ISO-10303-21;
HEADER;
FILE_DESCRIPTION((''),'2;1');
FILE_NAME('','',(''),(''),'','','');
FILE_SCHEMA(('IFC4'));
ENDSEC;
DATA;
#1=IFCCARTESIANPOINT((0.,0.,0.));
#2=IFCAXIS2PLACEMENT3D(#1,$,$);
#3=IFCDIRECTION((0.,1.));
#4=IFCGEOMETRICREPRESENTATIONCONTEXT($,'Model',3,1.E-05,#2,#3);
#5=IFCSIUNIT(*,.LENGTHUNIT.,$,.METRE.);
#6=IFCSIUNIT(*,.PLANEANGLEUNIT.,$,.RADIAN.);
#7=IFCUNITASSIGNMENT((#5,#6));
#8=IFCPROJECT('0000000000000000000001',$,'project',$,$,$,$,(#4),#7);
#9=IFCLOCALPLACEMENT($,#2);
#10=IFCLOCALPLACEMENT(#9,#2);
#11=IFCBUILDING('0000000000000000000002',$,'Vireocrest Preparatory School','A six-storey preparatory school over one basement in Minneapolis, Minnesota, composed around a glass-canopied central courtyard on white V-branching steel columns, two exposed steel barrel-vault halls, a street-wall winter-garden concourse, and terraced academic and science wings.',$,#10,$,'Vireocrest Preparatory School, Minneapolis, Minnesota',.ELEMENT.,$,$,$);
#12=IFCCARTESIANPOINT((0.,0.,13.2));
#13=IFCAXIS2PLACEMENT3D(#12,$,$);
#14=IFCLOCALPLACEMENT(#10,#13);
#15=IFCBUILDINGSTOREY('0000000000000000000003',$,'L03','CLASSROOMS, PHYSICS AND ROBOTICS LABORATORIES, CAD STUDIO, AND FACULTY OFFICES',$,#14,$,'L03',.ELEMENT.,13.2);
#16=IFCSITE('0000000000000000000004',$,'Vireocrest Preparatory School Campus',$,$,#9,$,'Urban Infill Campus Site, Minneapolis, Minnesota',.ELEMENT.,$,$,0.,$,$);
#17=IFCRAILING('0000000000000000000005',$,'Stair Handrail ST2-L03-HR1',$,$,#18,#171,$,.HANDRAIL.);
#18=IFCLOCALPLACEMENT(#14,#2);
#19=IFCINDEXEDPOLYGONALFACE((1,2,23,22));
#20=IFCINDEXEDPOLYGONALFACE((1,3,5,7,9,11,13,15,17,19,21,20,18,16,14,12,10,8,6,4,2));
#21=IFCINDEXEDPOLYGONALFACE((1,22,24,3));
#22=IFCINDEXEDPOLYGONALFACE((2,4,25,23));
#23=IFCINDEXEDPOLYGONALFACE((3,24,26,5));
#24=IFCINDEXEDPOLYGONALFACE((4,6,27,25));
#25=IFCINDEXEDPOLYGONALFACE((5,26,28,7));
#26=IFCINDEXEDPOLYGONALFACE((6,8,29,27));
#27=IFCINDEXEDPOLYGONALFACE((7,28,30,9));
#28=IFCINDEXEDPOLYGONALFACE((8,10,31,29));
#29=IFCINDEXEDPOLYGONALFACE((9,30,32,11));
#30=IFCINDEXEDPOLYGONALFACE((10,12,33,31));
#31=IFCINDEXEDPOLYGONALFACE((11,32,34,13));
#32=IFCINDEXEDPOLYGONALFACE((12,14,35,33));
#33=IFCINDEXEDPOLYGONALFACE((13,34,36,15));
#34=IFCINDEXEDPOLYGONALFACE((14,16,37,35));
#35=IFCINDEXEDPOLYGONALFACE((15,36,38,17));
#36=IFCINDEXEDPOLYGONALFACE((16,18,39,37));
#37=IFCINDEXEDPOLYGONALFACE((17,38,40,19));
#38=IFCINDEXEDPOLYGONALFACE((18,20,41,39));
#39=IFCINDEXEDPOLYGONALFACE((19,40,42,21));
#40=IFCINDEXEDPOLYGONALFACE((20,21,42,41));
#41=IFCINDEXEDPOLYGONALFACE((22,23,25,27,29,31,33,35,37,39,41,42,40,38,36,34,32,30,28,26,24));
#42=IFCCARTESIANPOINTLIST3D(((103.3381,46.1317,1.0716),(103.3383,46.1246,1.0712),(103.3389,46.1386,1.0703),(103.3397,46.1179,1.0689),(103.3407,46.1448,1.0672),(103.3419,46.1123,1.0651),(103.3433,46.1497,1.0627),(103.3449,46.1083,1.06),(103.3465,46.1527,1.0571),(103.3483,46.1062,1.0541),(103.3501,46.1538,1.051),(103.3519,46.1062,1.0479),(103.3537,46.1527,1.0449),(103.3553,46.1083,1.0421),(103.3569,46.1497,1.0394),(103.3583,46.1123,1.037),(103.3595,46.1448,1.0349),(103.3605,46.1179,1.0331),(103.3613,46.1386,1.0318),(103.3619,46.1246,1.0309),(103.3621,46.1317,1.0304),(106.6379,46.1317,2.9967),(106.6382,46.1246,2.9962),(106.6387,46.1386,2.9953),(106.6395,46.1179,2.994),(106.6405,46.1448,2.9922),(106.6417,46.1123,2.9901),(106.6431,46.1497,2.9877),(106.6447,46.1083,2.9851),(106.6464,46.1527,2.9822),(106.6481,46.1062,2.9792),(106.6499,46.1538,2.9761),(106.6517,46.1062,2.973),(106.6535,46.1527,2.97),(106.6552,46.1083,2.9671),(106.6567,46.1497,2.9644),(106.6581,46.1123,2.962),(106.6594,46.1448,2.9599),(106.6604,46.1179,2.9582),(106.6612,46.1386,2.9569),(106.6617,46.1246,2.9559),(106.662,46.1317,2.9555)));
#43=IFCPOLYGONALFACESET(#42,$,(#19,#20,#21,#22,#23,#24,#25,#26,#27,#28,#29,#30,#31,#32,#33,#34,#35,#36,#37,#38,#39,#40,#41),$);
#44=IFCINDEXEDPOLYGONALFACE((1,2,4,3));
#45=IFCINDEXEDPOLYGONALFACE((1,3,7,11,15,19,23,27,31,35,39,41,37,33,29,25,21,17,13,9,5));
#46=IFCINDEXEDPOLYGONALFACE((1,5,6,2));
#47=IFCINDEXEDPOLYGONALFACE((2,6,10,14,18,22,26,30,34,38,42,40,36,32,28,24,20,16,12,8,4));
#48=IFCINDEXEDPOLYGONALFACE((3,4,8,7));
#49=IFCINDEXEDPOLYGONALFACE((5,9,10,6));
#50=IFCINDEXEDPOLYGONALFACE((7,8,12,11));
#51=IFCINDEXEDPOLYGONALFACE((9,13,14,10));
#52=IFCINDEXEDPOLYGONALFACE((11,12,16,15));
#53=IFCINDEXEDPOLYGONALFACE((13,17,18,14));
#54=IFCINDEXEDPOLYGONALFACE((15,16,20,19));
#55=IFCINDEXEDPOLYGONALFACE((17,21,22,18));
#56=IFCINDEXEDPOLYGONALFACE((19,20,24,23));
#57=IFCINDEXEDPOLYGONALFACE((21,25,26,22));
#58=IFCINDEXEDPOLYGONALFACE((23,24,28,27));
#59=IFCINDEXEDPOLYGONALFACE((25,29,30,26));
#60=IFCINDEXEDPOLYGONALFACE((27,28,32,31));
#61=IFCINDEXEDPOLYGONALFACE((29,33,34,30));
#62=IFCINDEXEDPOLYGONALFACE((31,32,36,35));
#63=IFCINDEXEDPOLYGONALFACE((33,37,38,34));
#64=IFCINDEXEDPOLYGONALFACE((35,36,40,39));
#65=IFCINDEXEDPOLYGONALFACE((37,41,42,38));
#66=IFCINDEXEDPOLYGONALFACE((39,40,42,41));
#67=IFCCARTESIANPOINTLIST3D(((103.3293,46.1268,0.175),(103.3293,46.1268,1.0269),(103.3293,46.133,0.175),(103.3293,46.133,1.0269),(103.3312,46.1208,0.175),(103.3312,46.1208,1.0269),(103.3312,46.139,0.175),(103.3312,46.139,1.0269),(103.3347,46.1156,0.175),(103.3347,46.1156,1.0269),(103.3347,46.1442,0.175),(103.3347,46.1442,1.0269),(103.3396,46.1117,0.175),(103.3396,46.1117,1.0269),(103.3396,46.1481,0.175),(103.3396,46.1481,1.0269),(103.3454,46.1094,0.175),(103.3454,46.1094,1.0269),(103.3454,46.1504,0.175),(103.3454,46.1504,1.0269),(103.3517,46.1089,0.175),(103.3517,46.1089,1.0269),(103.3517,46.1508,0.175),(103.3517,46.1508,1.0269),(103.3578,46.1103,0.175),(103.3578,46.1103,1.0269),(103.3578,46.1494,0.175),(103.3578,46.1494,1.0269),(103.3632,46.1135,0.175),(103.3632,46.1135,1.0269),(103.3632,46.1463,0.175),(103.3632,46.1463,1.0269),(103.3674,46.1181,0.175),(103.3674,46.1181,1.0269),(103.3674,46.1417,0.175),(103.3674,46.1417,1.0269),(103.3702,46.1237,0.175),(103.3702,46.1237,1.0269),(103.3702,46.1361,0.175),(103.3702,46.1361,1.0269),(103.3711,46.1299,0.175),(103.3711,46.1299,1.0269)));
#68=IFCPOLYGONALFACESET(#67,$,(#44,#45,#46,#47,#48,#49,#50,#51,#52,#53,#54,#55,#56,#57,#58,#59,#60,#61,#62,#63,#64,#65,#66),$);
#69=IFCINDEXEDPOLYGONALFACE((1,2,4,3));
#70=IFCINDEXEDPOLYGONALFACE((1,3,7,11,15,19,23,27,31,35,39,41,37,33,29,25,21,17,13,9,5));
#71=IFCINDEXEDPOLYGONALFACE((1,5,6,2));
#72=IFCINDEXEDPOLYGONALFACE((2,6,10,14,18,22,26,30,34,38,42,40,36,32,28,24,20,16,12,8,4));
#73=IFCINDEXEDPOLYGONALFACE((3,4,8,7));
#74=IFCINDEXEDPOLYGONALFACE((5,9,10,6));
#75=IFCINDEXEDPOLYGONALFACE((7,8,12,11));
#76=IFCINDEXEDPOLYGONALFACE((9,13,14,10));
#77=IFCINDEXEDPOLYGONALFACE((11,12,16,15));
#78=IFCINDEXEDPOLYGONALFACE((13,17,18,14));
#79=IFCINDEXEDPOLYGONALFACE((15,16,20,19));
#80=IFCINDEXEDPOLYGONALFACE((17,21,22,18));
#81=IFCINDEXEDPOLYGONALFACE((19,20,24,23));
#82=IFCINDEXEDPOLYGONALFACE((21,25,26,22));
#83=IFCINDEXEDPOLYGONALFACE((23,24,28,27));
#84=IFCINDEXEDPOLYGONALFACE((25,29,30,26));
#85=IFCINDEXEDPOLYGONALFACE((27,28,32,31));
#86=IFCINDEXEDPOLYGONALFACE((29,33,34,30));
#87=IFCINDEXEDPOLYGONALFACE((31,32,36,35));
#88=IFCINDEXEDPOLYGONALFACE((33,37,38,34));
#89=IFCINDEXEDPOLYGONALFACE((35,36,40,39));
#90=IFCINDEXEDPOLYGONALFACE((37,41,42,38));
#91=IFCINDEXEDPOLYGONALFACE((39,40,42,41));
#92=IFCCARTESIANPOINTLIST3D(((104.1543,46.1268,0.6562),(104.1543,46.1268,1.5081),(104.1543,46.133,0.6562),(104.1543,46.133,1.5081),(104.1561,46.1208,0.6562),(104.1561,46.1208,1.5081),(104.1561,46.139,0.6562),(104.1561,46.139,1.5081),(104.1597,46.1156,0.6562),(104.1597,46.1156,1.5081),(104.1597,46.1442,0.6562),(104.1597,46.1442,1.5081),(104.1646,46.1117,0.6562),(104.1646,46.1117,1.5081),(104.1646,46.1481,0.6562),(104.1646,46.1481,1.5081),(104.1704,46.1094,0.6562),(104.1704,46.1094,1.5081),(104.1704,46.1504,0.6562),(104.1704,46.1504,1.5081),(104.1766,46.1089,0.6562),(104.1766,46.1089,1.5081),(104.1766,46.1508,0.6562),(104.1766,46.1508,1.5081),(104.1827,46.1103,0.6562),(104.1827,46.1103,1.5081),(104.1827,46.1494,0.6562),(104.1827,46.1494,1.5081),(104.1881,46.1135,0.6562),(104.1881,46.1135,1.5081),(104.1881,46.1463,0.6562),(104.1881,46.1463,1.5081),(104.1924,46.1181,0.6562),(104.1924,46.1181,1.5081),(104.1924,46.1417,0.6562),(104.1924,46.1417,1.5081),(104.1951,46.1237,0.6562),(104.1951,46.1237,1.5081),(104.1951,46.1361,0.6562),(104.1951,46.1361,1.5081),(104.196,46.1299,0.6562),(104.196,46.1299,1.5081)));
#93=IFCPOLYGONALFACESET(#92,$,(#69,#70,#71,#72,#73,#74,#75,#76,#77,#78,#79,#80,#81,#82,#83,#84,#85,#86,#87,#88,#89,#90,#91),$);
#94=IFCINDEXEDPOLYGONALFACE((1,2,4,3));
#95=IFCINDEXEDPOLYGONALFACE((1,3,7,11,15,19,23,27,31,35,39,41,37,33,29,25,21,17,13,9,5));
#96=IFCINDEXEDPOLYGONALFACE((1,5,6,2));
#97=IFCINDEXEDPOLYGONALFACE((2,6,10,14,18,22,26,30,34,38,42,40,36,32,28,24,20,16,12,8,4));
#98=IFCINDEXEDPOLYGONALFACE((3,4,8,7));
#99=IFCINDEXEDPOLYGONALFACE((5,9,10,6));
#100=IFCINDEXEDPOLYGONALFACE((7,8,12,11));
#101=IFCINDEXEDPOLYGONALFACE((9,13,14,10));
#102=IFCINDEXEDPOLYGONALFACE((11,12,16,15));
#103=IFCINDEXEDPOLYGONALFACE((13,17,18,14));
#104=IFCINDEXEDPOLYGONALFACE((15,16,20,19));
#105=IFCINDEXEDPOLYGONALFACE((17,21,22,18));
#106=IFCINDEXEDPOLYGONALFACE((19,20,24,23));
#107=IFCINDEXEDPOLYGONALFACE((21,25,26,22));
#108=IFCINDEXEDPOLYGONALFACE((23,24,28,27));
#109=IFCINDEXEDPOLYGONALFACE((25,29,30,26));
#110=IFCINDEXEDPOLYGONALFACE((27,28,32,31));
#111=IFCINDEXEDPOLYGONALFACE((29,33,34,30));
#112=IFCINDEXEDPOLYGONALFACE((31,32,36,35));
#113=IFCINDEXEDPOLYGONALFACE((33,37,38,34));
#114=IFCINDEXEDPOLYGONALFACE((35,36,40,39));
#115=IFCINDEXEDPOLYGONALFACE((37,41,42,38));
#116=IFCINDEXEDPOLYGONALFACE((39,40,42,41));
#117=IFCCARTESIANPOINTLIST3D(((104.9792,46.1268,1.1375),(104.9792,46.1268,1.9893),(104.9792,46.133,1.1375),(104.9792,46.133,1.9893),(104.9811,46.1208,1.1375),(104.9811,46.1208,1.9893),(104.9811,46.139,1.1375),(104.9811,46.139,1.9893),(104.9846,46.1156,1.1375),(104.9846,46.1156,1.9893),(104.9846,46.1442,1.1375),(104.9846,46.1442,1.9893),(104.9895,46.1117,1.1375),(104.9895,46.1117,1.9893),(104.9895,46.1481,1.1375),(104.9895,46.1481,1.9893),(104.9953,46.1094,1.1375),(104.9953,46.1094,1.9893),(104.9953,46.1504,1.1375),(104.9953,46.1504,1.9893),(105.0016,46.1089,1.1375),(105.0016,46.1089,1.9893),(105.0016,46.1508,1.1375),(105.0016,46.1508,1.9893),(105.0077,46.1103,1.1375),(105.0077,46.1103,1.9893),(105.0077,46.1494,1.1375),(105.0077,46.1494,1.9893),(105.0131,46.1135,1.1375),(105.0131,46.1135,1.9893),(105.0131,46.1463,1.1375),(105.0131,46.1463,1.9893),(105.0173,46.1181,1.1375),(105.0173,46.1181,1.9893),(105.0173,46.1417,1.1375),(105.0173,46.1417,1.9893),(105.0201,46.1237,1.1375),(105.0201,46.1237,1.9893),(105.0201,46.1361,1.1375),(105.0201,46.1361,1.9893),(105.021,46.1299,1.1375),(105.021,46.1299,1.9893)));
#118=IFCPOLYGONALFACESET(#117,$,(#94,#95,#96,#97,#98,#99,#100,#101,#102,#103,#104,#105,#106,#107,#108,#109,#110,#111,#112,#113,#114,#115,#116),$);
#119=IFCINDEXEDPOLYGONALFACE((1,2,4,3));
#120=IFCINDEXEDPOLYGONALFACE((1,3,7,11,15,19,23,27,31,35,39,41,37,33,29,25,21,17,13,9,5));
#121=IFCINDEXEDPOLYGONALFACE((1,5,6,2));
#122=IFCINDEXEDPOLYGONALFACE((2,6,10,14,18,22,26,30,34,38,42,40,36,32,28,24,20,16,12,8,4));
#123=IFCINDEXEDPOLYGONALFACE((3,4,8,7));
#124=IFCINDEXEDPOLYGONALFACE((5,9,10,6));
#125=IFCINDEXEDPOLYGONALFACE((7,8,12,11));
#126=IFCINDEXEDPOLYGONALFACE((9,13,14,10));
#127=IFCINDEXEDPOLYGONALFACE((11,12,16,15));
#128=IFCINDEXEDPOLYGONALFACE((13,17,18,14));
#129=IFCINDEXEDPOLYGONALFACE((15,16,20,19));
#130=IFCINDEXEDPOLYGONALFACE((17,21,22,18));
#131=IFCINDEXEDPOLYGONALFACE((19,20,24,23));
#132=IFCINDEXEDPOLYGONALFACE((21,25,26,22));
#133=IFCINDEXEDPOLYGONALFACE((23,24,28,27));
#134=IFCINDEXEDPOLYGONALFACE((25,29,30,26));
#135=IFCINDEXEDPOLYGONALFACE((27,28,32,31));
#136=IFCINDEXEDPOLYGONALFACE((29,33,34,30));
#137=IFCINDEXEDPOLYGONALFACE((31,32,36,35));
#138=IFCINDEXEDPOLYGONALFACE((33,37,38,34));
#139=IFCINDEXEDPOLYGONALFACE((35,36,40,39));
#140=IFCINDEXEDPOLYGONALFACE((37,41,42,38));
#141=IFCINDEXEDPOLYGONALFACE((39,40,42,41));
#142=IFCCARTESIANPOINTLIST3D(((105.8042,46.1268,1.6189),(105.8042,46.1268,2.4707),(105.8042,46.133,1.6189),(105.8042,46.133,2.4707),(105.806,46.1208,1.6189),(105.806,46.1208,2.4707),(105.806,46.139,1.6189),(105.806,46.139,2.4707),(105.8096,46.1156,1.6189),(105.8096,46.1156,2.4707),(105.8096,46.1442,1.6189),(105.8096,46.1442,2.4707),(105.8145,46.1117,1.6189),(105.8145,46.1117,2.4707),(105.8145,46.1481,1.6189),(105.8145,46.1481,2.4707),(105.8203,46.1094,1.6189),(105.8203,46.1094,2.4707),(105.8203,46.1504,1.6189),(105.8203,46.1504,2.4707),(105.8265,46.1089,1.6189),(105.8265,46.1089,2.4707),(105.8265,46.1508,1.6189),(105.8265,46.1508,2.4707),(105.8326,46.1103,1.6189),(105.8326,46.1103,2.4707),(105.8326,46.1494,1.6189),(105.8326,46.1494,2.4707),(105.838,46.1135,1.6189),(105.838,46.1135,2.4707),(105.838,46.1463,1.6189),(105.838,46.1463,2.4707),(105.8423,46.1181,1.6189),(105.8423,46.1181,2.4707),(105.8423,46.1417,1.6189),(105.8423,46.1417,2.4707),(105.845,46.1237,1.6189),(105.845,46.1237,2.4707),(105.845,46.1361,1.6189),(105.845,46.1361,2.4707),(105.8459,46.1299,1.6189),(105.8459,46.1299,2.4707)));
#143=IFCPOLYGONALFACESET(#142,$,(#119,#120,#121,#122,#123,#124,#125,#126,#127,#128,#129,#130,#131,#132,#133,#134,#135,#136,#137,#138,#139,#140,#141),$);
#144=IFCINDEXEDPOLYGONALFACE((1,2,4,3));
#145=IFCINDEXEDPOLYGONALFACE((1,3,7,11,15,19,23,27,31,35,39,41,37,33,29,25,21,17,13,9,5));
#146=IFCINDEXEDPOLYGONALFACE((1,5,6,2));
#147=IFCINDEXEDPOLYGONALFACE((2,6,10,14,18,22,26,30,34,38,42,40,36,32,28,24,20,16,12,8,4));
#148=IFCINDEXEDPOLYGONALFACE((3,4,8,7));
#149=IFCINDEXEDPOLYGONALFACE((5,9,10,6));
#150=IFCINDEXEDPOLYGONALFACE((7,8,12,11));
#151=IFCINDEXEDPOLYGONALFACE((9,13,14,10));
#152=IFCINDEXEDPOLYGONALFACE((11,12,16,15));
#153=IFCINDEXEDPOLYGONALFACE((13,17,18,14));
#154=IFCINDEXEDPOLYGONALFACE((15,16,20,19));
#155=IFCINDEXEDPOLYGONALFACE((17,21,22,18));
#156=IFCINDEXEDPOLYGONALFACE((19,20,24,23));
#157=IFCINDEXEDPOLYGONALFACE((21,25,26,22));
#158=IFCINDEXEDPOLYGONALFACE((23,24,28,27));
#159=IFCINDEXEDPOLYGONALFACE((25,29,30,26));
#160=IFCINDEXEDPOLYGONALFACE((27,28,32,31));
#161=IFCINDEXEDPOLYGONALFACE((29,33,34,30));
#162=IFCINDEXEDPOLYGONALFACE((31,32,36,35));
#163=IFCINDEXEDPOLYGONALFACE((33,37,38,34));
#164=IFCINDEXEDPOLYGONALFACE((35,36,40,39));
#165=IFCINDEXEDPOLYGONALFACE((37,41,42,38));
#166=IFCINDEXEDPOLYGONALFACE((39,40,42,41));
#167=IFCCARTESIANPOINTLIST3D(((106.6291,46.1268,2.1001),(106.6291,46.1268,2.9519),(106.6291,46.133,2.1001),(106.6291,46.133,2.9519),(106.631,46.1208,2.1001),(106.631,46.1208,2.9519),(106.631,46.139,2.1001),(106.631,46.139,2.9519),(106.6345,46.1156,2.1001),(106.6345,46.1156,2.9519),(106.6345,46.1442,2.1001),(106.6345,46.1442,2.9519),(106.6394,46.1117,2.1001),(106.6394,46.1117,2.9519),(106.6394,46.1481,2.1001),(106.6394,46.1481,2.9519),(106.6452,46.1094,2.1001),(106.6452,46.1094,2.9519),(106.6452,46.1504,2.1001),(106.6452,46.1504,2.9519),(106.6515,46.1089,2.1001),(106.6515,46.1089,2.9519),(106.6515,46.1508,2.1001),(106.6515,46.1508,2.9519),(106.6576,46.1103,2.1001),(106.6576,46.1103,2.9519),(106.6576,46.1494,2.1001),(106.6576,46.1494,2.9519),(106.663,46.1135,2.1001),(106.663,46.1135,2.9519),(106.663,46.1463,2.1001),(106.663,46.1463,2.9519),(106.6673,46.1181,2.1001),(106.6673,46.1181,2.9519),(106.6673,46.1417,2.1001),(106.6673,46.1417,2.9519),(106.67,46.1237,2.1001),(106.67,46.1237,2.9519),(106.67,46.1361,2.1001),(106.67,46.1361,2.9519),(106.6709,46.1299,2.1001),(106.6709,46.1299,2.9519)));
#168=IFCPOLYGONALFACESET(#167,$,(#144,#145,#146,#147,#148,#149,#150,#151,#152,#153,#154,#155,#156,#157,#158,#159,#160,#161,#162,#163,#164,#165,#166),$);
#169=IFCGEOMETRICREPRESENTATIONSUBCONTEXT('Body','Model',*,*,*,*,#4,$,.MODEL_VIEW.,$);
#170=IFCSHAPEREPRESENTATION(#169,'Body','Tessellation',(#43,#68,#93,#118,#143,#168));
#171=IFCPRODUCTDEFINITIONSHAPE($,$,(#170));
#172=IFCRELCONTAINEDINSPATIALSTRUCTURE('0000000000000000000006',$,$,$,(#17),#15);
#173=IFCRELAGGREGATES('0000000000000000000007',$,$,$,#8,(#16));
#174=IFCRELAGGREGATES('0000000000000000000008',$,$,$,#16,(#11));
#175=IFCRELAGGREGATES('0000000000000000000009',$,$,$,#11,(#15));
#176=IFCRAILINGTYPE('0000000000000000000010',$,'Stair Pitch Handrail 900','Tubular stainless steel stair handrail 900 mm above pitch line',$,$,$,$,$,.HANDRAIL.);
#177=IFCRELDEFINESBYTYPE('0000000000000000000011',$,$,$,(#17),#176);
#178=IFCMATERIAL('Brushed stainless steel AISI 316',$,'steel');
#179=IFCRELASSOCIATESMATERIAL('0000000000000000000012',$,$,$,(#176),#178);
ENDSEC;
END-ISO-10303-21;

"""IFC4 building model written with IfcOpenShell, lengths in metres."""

from ifc_helpers import new_model, si_unit, direction, frame, origin, origin_2d, place, context, subcontext, project, spatial, circle, extrude, material, type_object, element, save


model = new_model("IFC4")

# Units and contexts
model_context = context("Model", 3, precision=1e-05, world=origin(), true_north=direction((0.0, 1.0)))
body_context = subcontext(model_context, "Body", "Model", "MODEL_VIEW")
ifc_project = project(units=[si_unit("LENGTHUNIT", "METRE"), si_unit("PLANEANGLEUNIT", "RADIAN")], contexts=[model_context])

# Site, building, storey
site_placement = place(None, origin())
site = spatial("IfcSite", under=ifc_project, at=site_placement, Name="Vireocrest Preparatory School Campus", LongName="Urban Infill Campus Site, Minneapolis, Minnesota", CompositionType="ELEMENT", RefElevation=0.0)
building_placement = place(site_placement, origin())
building = spatial("IfcBuilding", under=site, at=building_placement, Name="Vireocrest Preparatory School", Description="A six-storey preparatory school over one basement in Minneapolis, Minnesota, composed around a glass-canopied central courtyard on white V-branching steel columns, two exposed steel barrel-vault halls, a street-wall winter-garden concourse, and terraced academic and science wings.", LongName="Vireocrest Preparatory School, Minneapolis, Minnesota", CompositionType="ELEMENT")
storey_placement = place(building_placement, frame((0.0, 0.0, 13.2)))
storey = spatial("IfcBuildingStorey", under=building, at=storey_placement, Name="L03", Description="CLASSROOMS, PHYSICS AND ROBOTICS LABORATORIES, CAD STUDIO, AND FACULTY OFFICES", LongName="L03", CompositionType="ELEMENT", Elevation=13.2)

# Railing
ifc_material_1 = material(Name="Brushed stainless steel AISI 316", Category="steel")
railing_type_1 = type_object("IfcRailingType", Name="Stair Pitch Handrail 900", Description="Tubular stainless steel stair handrail 900 mm above pitch line", PredefinedType="HANDRAIL", material=ifc_material_1)
railing_1_placement = place(storey_placement, frame((103.3501, 46.1299, 0.175)))
element("IfcRailing", 1, at=railing_1_placement, inside=storey, type_object=railing_type_1, Name="Stair Handrail ST2-L03-HR1", PredefinedType="HANDRAIL", context=body_context, shape_type="SweptSolid", body=[
    extrude(circle(Radius=0.0239, at=origin_2d()), frame((0.0, 0.0, 0.876), z_axis=(0.86376, 0.0, 0.503903), x_axis=(0.0, 1.0, 0.0)), (0.0, 0.0, 1.0), 3.8203),
    extrude(circle(Radius=0.021, at=origin_2d()), origin(), (0.0, 0.0, 1.0), 0.8518),
    extrude(circle(Radius=0.021, at=origin_2d()), frame((0.825, 0.0, 0.4812)), (0.0, 0.0, 1.0), 0.8518),
    extrude(circle(Radius=0.021, at=origin_2d()), frame((1.6499, 0.0, 0.9624)), (0.0, 0.0, 1.0), 0.8518),
    extrude(circle(Radius=0.021, at=origin_2d()), frame((2.4749, 0.0, 1.4438)), (0.0, 0.0, 1.0), 0.8518),
    extrude(circle(Radius=0.021, at=origin_2d()), frame((3.2998, 0.0, 1.925)), (0.0, 0.0, 1.0), 0.8518),
])

save(model, "model.ifc")
